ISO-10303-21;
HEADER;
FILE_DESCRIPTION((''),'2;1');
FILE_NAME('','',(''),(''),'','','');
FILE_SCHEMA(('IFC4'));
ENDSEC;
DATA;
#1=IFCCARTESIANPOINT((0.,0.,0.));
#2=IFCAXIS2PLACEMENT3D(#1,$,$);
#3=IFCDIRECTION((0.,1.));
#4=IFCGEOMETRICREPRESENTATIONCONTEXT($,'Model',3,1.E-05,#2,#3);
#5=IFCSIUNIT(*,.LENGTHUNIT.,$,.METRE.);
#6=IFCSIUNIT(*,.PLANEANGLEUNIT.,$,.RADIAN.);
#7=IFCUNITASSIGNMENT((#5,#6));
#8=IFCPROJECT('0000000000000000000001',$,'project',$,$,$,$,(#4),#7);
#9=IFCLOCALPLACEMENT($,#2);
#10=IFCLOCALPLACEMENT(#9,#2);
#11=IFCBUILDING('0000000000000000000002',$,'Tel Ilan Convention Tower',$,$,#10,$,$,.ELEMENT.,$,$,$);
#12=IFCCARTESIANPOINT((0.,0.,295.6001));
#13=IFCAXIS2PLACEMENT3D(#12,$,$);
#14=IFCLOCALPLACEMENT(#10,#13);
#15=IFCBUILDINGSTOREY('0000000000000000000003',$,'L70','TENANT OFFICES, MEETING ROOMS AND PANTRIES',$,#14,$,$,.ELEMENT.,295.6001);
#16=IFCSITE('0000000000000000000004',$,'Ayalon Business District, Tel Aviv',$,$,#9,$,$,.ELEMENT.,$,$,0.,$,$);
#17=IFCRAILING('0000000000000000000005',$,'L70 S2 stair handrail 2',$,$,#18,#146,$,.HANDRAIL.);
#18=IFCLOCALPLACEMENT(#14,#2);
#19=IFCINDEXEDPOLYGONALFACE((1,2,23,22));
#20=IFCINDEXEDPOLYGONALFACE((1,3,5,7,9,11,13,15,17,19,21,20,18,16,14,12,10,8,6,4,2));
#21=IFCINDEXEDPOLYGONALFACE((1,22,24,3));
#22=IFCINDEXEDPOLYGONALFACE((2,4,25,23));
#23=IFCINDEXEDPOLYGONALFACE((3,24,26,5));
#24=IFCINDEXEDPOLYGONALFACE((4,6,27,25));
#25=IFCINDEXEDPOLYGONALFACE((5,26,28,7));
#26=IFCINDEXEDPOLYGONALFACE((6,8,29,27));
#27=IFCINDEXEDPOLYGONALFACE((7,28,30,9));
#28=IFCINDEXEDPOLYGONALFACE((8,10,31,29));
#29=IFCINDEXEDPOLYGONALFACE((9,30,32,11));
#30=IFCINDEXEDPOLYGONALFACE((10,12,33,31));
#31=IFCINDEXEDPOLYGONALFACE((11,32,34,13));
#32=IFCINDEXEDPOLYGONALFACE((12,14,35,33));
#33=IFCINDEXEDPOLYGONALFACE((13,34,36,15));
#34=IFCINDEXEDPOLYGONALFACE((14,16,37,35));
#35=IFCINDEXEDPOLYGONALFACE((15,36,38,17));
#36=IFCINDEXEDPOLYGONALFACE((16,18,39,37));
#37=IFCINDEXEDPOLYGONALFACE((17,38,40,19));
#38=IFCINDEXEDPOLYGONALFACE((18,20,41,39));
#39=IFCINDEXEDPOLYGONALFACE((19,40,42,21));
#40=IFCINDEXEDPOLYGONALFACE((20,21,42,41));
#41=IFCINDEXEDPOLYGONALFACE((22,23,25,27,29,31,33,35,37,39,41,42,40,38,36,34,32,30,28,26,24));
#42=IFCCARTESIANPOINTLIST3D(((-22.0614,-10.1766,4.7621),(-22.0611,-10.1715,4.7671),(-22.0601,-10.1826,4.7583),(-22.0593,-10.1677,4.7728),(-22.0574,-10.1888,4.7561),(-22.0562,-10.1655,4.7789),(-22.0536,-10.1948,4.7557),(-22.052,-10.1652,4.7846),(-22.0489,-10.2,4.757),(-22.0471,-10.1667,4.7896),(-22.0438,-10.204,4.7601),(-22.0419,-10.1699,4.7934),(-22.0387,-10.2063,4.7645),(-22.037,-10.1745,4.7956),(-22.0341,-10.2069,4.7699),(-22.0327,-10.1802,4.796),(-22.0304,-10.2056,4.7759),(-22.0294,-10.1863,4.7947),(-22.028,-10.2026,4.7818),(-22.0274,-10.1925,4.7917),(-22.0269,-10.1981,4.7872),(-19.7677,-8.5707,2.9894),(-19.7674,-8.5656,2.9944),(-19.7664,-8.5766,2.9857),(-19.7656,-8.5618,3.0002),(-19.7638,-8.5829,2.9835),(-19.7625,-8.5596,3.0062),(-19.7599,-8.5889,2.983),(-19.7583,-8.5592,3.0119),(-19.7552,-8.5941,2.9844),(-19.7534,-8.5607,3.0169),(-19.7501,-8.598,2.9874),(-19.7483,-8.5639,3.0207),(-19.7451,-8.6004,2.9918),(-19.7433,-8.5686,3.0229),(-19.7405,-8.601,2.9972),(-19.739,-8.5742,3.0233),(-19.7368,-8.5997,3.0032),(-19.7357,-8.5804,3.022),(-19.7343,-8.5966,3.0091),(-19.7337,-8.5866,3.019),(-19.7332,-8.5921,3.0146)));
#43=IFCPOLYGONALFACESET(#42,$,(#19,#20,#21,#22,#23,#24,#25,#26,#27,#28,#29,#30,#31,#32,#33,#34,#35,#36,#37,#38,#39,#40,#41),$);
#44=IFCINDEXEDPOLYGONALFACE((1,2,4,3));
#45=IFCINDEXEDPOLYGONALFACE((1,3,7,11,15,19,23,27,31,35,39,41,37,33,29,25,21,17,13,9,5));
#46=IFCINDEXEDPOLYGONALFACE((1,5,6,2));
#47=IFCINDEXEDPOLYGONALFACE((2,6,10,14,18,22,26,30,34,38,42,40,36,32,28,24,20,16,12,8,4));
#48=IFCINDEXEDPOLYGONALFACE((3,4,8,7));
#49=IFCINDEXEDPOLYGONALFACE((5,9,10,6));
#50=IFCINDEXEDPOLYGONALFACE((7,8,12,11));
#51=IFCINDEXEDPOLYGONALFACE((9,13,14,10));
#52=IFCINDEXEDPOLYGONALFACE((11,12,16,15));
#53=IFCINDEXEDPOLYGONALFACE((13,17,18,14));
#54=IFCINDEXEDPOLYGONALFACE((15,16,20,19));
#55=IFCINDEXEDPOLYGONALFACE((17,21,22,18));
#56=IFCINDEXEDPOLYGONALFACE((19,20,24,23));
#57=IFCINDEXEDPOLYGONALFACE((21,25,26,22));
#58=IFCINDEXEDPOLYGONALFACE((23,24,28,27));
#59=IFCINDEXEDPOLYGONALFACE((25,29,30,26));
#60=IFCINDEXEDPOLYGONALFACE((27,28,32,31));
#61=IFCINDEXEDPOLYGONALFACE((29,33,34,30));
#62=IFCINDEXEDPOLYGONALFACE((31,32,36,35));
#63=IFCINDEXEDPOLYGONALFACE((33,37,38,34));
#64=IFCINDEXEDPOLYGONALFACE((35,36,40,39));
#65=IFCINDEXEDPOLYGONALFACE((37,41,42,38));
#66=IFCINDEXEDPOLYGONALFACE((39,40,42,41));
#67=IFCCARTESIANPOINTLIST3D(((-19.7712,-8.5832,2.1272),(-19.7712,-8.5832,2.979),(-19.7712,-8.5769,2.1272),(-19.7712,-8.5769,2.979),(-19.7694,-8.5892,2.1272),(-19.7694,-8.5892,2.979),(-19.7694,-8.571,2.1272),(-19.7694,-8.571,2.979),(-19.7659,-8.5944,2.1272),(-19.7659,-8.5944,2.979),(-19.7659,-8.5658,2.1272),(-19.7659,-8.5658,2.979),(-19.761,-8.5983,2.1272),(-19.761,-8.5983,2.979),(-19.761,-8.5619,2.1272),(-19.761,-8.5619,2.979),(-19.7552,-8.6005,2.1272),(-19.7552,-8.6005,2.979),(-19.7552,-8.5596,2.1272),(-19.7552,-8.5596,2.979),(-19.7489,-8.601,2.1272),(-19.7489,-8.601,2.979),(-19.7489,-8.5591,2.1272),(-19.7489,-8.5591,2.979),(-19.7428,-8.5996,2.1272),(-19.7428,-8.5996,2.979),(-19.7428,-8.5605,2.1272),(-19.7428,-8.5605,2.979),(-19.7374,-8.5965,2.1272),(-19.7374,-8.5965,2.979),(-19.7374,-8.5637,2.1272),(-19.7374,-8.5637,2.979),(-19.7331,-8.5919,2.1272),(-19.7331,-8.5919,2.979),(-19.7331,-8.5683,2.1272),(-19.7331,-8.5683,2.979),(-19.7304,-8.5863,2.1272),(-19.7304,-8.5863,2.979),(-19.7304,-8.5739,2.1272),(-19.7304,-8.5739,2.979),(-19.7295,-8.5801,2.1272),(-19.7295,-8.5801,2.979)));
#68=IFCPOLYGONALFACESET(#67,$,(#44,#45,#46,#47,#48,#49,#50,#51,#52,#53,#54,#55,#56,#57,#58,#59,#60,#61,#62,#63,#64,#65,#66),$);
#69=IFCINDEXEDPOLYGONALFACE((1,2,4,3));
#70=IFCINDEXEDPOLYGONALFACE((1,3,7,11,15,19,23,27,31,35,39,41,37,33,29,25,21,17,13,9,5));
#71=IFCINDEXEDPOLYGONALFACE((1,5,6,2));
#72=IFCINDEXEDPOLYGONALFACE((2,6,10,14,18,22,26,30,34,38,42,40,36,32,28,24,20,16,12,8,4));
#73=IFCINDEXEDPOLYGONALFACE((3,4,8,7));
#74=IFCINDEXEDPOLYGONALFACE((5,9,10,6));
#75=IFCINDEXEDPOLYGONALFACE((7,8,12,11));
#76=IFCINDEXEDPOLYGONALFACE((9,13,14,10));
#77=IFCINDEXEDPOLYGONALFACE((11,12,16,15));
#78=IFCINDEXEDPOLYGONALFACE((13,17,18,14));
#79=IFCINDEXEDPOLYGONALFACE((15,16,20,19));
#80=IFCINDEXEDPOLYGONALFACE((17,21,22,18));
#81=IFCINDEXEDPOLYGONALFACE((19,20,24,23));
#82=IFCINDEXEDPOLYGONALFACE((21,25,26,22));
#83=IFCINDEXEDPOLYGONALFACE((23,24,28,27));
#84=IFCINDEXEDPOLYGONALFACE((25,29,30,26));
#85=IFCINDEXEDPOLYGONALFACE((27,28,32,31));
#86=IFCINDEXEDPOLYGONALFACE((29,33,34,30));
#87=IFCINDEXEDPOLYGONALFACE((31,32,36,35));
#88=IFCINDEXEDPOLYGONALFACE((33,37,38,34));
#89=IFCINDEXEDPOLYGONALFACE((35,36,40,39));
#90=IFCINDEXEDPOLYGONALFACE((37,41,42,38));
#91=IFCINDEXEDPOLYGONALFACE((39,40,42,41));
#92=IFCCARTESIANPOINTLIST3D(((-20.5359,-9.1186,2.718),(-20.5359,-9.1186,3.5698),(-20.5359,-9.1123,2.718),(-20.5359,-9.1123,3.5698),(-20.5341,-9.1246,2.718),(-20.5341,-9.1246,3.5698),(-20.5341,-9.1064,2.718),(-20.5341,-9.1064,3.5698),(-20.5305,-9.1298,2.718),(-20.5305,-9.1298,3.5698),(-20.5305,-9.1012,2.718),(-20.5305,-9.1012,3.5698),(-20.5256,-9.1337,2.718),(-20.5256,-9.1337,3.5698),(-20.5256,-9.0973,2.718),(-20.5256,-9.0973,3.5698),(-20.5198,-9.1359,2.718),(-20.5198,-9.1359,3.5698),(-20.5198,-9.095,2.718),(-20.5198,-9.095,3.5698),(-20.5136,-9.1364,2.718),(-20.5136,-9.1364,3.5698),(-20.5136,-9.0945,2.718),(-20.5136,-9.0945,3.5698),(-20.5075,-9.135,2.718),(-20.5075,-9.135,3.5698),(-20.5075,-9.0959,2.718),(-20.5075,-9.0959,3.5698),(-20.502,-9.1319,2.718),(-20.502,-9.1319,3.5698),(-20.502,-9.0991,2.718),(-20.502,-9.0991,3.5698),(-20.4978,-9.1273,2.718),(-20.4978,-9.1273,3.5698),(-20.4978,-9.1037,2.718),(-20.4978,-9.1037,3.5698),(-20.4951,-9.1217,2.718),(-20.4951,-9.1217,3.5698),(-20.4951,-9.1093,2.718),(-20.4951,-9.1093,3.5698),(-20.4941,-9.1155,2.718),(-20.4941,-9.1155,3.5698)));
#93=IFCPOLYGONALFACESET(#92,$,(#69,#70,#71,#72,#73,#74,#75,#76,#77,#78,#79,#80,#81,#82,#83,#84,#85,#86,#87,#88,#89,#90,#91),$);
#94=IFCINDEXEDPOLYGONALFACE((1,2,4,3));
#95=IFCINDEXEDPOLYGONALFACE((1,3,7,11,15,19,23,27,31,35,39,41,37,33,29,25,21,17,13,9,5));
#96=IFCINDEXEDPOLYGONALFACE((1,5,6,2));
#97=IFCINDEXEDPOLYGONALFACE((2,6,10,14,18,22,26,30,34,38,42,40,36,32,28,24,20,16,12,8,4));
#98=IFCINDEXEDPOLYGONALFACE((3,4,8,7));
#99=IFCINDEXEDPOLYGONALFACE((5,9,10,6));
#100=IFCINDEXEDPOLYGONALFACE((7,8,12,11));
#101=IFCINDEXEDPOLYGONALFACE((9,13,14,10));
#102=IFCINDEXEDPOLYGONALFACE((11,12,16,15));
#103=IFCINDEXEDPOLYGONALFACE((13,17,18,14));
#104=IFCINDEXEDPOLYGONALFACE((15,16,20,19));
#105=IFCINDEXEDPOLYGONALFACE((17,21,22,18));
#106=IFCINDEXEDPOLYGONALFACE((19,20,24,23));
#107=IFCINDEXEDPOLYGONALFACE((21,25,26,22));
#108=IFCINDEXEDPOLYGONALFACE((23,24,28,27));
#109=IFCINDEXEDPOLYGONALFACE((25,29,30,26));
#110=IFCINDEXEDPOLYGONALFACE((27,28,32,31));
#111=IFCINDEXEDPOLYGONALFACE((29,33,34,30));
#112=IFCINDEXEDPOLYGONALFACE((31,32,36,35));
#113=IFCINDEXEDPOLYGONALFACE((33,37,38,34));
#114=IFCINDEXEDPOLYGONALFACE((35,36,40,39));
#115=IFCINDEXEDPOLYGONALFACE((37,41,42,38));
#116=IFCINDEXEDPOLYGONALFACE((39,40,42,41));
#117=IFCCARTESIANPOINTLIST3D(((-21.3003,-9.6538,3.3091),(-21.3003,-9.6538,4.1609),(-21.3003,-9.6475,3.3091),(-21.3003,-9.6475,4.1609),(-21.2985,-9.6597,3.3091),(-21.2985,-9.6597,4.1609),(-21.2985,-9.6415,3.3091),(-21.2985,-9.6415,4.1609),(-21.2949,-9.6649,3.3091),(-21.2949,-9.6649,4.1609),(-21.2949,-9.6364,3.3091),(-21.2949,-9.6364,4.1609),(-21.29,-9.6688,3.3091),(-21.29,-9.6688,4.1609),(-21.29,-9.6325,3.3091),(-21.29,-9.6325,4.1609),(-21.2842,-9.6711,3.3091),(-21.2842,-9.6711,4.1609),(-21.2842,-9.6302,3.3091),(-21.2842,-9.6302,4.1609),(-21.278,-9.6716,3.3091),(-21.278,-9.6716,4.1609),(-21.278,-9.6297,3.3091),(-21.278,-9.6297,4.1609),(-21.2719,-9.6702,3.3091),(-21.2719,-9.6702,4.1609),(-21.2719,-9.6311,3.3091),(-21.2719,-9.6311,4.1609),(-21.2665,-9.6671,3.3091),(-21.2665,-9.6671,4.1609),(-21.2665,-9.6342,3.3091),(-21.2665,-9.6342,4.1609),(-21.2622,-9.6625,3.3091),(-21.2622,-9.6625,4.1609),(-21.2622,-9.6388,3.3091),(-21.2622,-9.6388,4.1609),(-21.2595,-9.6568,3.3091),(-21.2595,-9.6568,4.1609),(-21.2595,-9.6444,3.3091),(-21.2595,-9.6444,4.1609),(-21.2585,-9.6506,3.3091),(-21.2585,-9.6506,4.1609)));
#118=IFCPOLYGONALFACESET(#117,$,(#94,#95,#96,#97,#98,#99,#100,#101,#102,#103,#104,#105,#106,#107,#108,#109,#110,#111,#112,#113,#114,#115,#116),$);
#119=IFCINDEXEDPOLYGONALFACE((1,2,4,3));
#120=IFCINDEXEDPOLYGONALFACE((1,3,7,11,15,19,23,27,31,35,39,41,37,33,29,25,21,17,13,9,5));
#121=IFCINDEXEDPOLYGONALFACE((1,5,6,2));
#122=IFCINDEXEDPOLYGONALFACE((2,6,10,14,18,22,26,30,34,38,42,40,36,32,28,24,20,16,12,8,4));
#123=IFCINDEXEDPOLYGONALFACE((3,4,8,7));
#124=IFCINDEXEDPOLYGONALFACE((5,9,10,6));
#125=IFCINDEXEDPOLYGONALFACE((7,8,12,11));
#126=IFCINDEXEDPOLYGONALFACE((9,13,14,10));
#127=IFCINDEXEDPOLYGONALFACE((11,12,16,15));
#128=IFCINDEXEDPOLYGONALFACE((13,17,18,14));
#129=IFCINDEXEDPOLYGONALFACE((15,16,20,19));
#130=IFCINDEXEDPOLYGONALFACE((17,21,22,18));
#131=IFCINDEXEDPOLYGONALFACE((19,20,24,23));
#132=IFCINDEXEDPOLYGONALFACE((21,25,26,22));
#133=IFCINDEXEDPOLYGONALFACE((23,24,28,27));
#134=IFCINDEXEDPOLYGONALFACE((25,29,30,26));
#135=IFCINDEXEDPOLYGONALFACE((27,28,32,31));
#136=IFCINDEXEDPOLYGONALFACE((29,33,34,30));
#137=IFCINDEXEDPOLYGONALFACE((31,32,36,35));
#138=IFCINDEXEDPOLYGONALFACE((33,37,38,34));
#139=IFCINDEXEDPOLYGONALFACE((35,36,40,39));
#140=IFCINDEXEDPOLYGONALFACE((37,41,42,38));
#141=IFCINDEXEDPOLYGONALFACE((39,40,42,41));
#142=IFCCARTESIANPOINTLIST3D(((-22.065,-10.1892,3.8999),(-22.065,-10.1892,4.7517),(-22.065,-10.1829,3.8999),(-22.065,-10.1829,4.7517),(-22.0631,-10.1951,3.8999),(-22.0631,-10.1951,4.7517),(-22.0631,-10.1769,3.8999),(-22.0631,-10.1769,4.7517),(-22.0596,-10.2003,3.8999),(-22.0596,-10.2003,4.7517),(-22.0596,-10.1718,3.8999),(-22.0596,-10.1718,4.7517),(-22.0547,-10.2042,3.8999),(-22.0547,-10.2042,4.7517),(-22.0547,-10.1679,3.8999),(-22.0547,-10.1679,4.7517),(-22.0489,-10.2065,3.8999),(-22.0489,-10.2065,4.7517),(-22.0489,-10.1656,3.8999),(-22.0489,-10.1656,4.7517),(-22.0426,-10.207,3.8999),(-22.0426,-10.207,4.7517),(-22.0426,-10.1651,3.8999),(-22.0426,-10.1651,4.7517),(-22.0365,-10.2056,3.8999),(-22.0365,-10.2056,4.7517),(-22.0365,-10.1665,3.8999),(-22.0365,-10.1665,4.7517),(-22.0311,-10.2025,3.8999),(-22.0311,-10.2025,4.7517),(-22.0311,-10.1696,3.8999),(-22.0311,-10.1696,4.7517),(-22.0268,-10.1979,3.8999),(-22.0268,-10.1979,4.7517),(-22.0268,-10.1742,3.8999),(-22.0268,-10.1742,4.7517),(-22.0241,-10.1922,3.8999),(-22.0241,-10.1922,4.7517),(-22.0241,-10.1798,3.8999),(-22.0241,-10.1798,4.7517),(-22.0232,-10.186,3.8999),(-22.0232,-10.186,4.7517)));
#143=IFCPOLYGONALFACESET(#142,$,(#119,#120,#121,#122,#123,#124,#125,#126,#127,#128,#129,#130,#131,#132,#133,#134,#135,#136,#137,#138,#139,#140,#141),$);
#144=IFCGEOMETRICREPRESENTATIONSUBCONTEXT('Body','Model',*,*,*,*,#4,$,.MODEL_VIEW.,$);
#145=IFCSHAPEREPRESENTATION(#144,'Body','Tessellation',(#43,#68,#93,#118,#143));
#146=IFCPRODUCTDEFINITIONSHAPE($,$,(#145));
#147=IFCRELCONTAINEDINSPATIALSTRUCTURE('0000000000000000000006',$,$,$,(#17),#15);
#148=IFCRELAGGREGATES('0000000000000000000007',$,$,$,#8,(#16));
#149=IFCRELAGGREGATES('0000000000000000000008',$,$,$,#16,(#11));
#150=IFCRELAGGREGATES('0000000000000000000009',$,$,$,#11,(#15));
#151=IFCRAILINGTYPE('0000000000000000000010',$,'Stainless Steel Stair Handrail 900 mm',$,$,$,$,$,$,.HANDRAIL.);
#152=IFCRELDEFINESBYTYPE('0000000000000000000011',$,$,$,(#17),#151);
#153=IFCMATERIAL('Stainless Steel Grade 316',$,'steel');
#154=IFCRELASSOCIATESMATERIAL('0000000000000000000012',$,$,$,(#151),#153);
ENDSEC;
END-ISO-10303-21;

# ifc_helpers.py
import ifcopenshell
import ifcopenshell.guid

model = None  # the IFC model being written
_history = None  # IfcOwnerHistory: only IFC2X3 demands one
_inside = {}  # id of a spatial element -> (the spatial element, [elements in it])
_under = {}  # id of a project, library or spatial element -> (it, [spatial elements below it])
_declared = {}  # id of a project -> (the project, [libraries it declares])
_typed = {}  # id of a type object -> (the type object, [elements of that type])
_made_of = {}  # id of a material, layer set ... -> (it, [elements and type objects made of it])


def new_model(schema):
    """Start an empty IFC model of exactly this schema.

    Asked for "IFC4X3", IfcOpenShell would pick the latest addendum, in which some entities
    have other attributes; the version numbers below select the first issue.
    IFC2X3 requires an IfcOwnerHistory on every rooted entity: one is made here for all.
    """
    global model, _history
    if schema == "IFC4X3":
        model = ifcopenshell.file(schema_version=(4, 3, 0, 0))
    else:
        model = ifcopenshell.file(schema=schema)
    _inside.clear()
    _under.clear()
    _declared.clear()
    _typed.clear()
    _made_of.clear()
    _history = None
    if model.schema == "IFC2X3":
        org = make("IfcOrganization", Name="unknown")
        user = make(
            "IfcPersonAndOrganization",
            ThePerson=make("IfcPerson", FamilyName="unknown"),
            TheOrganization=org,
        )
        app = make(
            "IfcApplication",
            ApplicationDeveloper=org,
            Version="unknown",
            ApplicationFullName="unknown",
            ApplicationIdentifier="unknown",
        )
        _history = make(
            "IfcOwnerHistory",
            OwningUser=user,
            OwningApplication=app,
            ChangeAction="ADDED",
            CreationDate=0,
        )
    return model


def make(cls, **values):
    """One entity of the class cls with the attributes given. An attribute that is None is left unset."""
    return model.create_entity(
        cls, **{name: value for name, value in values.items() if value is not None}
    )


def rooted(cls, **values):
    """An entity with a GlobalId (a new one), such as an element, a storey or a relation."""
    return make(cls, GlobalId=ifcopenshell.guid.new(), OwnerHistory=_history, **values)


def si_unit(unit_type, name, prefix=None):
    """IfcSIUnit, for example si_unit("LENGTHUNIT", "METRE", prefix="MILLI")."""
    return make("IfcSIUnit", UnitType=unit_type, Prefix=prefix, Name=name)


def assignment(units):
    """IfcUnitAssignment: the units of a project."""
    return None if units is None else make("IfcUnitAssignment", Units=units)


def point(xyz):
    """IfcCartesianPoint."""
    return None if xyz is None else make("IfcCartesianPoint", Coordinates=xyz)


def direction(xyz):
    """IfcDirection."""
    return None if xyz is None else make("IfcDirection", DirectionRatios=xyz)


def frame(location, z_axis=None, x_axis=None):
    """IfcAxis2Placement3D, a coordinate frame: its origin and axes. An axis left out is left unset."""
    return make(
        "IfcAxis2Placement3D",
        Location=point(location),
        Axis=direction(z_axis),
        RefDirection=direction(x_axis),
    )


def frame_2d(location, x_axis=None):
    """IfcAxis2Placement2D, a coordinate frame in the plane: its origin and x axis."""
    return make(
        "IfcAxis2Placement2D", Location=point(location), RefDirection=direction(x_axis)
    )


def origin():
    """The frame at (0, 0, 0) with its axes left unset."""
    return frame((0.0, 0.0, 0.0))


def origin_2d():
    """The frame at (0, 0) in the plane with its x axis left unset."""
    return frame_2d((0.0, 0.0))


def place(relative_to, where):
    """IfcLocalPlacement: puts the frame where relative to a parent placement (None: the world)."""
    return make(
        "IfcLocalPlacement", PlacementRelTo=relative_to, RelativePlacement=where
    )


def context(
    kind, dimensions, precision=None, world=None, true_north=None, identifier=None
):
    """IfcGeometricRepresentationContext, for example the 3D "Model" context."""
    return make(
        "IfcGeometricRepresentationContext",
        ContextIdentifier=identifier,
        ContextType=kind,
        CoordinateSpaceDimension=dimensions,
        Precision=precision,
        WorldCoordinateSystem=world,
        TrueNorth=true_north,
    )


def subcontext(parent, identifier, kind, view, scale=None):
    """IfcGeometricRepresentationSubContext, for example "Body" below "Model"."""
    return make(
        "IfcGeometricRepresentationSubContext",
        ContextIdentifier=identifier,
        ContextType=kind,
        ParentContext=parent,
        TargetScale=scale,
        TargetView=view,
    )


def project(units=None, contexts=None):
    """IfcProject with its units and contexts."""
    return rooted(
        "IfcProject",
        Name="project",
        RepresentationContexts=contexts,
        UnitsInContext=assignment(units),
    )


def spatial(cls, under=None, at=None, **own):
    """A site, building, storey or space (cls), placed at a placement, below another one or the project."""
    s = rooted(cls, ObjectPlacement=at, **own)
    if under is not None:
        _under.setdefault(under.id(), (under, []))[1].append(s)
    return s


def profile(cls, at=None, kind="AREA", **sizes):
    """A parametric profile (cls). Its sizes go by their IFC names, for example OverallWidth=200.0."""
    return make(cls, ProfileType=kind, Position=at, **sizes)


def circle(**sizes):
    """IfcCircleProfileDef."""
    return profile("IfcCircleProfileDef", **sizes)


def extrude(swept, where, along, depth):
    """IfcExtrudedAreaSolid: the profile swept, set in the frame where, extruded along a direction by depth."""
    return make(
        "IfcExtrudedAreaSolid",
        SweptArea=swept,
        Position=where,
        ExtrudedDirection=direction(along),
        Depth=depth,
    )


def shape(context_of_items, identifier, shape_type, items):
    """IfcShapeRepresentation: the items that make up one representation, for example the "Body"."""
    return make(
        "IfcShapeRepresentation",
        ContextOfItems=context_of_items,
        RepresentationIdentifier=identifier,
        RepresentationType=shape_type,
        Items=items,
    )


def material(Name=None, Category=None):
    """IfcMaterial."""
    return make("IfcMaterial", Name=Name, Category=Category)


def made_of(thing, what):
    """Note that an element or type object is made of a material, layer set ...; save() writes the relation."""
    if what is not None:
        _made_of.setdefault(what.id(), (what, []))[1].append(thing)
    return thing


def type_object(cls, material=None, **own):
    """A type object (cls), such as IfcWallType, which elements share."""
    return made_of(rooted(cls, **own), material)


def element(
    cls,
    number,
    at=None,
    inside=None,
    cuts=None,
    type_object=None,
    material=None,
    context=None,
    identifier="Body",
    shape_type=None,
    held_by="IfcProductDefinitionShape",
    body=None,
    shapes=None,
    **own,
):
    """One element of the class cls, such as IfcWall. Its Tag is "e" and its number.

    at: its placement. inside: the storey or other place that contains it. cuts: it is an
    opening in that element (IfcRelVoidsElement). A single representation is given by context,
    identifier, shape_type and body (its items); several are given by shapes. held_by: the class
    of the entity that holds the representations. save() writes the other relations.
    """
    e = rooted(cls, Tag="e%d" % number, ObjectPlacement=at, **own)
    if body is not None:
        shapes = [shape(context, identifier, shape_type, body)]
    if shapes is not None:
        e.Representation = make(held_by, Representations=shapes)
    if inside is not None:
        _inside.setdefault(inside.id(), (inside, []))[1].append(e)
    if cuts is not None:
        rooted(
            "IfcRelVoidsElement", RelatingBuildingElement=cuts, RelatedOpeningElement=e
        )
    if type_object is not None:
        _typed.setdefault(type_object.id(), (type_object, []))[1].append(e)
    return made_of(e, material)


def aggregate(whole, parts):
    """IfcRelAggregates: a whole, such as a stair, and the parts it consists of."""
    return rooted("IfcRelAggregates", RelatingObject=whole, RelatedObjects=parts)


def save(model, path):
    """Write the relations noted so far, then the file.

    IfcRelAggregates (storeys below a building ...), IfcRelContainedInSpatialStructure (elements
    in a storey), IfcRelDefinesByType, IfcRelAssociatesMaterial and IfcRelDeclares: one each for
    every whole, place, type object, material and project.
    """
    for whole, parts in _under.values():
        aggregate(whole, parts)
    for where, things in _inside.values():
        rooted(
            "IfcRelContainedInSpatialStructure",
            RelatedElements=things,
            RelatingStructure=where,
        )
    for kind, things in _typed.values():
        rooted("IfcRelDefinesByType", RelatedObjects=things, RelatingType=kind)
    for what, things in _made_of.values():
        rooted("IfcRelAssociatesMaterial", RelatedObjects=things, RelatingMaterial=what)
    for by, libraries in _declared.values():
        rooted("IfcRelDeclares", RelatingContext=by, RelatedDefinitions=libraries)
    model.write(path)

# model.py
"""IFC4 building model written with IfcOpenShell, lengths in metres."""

from ifc_helpers import new_model, si_unit, direction, frame, origin, origin_2d, place, context, subcontext, project, spatial, circle, extrude, material, type_object, element, save


model = new_model("IFC4")

# Units and contexts
model_context = context("Model", 3, precision=1e-05, world=origin(), true_north=direction((0.0, 1.0)))
body_context = subcontext(model_context, "Body", "Model", "MODEL_VIEW")
ifc_project = project(units=[si_unit("LENGTHUNIT", "METRE"), si_unit("PLANEANGLEUNIT", "RADIAN")], contexts=[model_context])

# Site, building, storey
site_placement = place(None, origin())
site = spatial("IfcSite", under=ifc_project, at=site_placement, Name="Ayalon Business District, Tel Aviv", CompositionType="ELEMENT", RefElevation=0.0)
building_placement = place(site_placement, origin())
building = spatial("IfcBuilding", under=site, at=building_placement, Name="Tel Ilan Convention Tower", CompositionType="ELEMENT")
storey_placement = place(building_placement, frame((0.0, 0.0, 295.6001)))
storey = spatial("IfcBuildingStorey", under=building, at=storey_placement, Name="L70", Description="TENANT OFFICES, MEETING ROOMS AND PANTRIES", CompositionType="ELEMENT", Elevation=295.6001)

# Railing
ifc_material_1 = material(Name="Stainless Steel Grade 316", Category="steel")
railing_type_1 = type_object("IfcRailingType", Name="Stainless Steel Stair Handrail 900 mm", PredefinedType="HANDRAIL", material=ifc_material_1)
railing_1_placement = place(storey_placement, frame((-19.7505, -8.5801, 2.1272)))
element("IfcRailing", 1, at=railing_1_placement, inside=storey, type_object=railing_type_1, Name="L70 S2 stair handrail 2", PredefinedType="HANDRAIL", context=body_context, shape_type="SweptSolid", body=[
    extrude(circle(Radius=0.0239, at=origin_2d()), frame((0.0, 0.0, 0.876), z_axis=(-0.692123, -0.484597, 0.534913), x_axis=(0.57355, -0.81917, 0.0)), (0.0, 0.0, 1.0), 3.314),
    extrude(circle(Radius=0.021, at=origin_2d()), origin(), (0.0, 0.0, 1.0), 0.8518),
    extrude(circle(Radius=0.021, at=origin_2d()), frame((-0.7646, -0.5354, 0.5908)), (0.0, 0.0, 1.0), 0.8518),
    extrude(circle(Radius=0.021, at=origin_2d()), frame((-1.5291, -1.0706, 1.1819)), (0.0, 0.0, 1.0), 0.8518),
    extrude(circle(Radius=0.021, at=origin_2d()), frame((-2.2937, -1.606, 1.7727)), (0.0, 0.0, 1.0), 0.8518),
])

save(model, "model.ifc")
